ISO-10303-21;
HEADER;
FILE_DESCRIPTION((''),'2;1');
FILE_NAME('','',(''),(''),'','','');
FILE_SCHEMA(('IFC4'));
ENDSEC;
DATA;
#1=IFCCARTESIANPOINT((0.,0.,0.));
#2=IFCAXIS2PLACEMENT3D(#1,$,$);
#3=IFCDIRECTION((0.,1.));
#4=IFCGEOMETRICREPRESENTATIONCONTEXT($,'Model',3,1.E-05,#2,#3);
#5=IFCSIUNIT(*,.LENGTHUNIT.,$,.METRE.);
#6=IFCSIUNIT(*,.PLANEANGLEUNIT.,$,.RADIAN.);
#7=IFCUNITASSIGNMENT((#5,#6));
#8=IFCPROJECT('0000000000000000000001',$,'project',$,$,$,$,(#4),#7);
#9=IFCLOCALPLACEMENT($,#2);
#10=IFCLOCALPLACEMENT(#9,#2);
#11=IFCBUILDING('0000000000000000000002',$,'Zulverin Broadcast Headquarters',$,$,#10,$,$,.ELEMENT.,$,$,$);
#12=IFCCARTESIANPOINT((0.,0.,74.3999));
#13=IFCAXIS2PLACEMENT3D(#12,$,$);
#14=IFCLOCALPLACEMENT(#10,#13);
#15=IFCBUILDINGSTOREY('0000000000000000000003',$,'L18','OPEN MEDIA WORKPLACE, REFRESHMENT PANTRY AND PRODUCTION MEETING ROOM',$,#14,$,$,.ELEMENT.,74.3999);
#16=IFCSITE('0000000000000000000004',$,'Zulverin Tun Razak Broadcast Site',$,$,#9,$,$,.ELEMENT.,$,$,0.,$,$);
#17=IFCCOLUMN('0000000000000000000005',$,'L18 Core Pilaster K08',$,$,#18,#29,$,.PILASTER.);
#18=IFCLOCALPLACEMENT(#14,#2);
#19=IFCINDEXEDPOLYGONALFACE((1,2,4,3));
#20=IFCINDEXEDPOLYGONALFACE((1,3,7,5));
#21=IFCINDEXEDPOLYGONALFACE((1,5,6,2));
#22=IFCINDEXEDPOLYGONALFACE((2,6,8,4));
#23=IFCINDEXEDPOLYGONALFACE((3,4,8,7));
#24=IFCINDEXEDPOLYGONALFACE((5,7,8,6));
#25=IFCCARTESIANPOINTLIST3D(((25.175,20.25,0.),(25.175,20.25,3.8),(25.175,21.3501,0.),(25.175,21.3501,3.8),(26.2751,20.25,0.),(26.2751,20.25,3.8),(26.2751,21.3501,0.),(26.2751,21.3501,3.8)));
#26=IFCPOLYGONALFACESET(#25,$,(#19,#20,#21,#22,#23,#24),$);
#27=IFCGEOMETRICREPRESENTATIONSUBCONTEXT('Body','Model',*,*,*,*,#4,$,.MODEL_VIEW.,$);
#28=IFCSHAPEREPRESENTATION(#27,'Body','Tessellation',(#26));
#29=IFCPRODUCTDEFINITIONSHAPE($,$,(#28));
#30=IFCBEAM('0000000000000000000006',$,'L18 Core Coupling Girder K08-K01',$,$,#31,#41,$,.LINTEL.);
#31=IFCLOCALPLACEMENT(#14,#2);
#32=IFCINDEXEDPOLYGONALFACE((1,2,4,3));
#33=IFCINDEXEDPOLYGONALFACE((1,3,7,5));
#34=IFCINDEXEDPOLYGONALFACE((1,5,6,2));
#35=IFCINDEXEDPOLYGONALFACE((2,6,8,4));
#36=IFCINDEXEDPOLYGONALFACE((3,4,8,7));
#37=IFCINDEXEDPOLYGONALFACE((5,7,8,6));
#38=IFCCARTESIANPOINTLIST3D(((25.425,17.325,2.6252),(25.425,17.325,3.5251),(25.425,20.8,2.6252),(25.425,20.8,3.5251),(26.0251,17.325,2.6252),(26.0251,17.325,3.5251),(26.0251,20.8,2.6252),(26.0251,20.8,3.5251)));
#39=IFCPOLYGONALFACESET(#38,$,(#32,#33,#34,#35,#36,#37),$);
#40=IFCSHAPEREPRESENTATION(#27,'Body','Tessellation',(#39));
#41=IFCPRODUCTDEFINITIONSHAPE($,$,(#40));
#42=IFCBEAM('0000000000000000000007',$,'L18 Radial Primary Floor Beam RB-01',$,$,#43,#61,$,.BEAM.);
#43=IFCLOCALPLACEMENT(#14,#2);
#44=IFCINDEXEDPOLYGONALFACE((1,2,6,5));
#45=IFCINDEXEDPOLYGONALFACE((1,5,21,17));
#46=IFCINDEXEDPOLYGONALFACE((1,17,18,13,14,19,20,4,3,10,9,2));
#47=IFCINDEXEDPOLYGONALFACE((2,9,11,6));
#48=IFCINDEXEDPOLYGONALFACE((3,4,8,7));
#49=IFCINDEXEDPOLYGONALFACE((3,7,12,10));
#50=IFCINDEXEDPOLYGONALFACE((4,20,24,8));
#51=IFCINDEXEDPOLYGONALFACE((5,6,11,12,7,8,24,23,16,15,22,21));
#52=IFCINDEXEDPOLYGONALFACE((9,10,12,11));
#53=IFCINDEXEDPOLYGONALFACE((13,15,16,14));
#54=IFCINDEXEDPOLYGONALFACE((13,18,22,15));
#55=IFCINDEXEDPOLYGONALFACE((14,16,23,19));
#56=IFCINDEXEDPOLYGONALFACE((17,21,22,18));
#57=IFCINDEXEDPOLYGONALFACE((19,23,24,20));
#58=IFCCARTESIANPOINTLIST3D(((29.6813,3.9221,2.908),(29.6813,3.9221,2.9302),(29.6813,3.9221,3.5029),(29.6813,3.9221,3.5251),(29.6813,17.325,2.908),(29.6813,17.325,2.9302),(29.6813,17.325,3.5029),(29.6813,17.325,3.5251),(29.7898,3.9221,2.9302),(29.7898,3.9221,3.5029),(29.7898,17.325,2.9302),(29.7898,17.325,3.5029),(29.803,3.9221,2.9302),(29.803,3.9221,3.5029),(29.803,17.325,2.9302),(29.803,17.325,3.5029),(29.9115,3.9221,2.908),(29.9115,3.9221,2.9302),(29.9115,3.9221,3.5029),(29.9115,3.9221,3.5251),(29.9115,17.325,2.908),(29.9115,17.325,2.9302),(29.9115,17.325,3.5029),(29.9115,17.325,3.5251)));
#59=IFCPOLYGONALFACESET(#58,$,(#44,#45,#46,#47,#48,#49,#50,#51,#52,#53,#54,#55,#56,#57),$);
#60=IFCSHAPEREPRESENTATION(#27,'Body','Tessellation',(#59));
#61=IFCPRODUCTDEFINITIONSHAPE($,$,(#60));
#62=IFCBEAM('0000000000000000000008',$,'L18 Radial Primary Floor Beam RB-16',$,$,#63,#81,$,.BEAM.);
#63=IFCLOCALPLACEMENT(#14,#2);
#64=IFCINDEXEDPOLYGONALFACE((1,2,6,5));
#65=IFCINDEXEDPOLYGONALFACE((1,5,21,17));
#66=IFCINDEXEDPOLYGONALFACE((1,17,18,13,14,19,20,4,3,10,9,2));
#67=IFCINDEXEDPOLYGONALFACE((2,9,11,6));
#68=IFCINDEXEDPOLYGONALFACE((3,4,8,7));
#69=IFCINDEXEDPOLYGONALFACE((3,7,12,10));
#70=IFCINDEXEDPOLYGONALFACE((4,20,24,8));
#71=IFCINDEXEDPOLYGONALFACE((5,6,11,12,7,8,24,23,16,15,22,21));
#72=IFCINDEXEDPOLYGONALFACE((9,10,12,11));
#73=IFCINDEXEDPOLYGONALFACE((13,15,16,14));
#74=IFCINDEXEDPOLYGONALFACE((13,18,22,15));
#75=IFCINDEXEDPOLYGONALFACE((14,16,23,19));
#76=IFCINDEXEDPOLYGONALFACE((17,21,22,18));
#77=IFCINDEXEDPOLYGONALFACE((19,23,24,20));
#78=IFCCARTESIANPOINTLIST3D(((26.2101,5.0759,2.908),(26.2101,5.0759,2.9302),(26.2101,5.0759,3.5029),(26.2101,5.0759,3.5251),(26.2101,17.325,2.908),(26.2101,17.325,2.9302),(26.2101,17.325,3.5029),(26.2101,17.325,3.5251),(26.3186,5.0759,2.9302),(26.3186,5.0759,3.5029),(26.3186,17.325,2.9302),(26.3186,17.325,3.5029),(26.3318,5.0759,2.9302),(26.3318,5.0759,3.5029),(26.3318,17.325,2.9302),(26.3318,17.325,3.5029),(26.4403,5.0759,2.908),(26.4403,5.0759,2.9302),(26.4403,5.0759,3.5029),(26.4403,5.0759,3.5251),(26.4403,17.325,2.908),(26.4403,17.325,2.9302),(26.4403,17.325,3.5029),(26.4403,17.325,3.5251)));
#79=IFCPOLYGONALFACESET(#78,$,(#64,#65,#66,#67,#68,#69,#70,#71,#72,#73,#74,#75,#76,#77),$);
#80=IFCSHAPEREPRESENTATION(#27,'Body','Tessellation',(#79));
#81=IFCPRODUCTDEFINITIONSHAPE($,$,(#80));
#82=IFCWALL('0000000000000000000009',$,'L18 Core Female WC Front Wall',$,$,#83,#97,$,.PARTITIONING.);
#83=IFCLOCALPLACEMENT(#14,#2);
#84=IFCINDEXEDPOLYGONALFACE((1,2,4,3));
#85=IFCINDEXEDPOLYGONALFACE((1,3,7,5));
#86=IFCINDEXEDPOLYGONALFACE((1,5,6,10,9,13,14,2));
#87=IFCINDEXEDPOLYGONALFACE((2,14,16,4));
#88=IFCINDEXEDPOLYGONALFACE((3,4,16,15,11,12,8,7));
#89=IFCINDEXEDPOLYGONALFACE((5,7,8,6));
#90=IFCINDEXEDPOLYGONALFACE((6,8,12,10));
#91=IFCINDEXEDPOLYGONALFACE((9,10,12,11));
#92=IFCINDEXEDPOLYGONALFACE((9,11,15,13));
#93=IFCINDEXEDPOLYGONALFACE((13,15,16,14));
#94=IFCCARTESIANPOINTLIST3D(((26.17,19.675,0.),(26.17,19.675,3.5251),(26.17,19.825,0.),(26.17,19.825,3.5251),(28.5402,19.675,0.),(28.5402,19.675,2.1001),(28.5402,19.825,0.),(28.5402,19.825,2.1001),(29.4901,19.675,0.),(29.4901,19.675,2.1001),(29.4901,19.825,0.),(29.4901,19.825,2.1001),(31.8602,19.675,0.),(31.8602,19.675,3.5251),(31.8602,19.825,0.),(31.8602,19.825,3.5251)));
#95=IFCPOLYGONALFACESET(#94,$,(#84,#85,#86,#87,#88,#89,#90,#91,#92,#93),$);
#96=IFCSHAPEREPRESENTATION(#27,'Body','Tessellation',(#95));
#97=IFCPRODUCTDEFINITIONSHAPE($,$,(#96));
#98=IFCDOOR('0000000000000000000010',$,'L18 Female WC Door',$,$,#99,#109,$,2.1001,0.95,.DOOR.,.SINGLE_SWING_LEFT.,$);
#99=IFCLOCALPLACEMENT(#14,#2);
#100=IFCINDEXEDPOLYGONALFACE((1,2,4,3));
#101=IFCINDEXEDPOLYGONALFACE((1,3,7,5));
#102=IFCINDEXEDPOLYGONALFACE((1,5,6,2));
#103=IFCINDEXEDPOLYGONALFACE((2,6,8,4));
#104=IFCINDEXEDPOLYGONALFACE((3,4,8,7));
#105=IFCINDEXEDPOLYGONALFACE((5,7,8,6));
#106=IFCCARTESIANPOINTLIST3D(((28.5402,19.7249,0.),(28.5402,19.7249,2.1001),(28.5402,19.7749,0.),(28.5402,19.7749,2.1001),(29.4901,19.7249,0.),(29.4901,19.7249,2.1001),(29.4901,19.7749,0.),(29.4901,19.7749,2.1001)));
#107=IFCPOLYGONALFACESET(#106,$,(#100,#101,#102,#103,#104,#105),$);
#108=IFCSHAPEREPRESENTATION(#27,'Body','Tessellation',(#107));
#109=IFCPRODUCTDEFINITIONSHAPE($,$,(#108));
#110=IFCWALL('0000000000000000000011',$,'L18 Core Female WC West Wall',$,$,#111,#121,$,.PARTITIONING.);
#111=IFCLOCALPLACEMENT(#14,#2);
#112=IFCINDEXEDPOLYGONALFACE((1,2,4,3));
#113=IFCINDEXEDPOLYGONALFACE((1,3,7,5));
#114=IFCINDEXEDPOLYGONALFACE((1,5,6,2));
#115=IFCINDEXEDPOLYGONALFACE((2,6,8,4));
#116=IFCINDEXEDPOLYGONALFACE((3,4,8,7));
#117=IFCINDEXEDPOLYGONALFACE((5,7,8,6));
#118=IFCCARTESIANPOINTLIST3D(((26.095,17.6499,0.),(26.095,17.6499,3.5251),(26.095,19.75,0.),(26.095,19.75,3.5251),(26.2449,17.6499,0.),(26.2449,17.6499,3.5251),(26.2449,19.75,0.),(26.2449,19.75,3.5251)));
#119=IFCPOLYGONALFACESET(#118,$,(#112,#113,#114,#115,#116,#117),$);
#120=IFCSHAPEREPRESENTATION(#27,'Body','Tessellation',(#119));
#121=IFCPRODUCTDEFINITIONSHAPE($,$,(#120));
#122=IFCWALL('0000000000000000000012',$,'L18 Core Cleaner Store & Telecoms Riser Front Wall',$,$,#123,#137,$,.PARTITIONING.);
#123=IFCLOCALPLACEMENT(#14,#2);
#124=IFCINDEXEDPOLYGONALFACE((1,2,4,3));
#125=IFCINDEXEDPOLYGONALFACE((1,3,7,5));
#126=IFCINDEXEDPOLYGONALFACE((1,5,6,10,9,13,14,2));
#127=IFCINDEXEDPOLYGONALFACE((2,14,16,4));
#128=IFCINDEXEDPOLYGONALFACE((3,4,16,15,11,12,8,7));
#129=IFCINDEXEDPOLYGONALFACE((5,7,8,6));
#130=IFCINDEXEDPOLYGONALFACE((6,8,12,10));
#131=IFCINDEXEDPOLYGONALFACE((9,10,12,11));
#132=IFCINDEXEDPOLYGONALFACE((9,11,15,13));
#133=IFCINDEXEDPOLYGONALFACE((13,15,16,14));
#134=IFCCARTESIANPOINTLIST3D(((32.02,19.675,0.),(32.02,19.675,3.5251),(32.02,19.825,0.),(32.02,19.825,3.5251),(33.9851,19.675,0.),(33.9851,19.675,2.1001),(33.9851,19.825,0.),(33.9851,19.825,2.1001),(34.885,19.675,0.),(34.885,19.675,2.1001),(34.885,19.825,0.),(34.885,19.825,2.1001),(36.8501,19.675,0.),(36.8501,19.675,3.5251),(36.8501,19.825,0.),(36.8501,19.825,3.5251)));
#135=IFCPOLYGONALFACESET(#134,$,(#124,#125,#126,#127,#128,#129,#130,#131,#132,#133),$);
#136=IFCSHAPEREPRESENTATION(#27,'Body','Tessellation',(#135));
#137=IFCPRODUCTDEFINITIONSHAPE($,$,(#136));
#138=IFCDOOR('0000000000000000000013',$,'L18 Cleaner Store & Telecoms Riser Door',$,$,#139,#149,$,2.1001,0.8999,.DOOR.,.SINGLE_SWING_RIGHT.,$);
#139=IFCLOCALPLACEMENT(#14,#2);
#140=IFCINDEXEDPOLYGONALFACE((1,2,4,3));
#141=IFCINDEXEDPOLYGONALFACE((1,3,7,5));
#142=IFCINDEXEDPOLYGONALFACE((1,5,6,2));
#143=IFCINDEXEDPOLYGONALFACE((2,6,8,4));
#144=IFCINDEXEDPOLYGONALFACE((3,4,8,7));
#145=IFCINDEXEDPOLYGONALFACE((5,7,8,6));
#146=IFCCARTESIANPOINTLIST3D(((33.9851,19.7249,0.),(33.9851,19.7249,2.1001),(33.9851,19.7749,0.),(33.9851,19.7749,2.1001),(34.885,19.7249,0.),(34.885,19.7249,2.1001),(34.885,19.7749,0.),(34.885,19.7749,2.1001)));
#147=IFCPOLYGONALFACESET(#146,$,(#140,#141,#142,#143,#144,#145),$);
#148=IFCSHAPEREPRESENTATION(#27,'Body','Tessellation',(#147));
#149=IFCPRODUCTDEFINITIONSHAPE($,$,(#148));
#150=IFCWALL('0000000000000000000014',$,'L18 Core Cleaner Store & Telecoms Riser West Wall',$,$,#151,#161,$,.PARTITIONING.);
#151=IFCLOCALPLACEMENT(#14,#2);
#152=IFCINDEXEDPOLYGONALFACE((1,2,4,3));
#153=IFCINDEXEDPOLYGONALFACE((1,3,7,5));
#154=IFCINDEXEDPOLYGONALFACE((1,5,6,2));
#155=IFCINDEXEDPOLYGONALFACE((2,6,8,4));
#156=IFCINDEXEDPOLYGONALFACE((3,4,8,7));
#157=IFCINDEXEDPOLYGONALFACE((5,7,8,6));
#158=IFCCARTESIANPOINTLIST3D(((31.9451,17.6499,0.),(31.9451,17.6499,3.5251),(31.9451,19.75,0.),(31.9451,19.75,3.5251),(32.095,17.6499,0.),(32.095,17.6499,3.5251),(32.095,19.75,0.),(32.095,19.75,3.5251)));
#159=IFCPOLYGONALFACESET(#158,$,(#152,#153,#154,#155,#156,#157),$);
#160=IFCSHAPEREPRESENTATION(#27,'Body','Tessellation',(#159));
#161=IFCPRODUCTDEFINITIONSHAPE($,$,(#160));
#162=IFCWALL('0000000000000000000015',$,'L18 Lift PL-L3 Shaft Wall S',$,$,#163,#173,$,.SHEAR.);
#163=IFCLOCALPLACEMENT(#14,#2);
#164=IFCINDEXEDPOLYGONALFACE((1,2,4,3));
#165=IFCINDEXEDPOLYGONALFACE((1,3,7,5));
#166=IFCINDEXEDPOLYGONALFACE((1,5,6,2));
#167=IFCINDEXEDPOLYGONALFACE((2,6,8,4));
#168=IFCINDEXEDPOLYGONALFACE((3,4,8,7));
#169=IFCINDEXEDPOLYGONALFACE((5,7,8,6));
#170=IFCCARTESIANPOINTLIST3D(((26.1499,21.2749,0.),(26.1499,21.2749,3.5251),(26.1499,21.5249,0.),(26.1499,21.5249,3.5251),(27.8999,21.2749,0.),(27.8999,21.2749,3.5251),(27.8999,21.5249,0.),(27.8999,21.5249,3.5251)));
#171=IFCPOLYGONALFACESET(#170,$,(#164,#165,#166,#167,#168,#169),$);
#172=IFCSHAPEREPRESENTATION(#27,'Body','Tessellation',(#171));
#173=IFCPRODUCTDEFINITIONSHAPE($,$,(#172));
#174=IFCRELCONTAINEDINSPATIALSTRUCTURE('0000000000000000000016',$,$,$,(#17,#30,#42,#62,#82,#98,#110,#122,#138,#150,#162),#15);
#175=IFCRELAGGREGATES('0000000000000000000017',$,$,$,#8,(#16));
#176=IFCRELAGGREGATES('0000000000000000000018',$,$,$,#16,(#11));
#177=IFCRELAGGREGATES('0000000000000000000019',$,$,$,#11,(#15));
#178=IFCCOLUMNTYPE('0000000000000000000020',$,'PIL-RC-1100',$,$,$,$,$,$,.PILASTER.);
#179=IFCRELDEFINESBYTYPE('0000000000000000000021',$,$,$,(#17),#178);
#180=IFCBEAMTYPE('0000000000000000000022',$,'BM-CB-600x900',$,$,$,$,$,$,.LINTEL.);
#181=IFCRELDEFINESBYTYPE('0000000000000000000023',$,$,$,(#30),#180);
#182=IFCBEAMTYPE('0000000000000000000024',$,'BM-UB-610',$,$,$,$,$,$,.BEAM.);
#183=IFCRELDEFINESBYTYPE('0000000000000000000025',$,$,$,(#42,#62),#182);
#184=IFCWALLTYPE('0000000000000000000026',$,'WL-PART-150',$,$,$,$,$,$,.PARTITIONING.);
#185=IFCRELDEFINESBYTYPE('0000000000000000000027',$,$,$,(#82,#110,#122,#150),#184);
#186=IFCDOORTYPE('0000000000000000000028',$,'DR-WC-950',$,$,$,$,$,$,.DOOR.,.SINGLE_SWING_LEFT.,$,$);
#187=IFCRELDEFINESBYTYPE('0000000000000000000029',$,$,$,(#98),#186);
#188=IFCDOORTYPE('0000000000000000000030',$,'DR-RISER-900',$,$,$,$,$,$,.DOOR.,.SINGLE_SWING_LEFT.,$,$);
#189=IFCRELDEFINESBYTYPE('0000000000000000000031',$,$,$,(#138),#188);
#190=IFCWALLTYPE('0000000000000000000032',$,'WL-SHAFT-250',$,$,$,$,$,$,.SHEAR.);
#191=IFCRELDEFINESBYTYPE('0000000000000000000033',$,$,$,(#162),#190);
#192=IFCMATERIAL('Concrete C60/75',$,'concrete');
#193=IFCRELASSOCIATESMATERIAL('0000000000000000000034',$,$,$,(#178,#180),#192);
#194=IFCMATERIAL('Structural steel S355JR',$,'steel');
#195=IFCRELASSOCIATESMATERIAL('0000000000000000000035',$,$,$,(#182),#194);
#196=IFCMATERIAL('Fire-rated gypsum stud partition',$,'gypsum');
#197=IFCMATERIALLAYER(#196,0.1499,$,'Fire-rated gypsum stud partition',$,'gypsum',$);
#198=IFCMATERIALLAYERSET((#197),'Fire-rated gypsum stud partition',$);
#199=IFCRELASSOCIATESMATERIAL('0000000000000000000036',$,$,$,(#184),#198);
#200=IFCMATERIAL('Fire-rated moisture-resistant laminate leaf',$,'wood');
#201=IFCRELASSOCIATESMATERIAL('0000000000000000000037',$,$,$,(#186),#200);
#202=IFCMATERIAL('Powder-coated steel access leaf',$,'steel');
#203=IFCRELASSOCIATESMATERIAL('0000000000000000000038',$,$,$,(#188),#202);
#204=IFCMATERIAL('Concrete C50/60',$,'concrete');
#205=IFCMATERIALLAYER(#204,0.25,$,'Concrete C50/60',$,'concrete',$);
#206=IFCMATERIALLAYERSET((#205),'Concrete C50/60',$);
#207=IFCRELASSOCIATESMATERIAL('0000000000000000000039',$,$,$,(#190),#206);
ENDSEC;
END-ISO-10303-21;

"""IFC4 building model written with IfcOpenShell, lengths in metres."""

from ifc_helpers import new_model, si_unit, direction, frame, frame_2d, origin, origin_2d, place, context, subcontext, project, spatial, rectangle, i_section, extrude, material, layer, layer_set, material_profile, profile_set, type_object, element, fill, save


model = new_model("IFC4")

# Units and contexts
model_context = context("Model", 3, precision=1e-05, world=origin(), true_north=direction((0.0, 1.0)))
body_context = subcontext(model_context, "Body", "Model", "MODEL_VIEW")
ifc_project = project(units=[si_unit("LENGTHUNIT", "METRE"), si_unit("PLANEANGLEUNIT", "RADIAN")], contexts=[model_context])

# Site, building, storey
site_placement = place(None, origin())
site = spatial("IfcSite", under=ifc_project, at=site_placement, Name="Zulverin Tun Razak Broadcast Site", CompositionType="ELEMENT", RefElevation=0.0)
building_placement = place(site_placement, origin())
building = spatial("IfcBuilding", under=site, at=building_placement, Name="Zulverin Broadcast Headquarters", CompositionType="ELEMENT")
storey_placement = place(building_placement, frame((0.0, 0.0, 74.3999)))
storey = spatial("IfcBuildingStorey", under=building, at=storey_placement, Name="L18", Description="OPEN MEDIA WORKPLACE, REFRESHMENT PANTRY AND PRODUCTION MEETING ROOM", CompositionType="ELEMENT", Elevation=74.3999)

# Column
ifc_material_1 = material(Name="Concrete C60/75", Category="concrete")
ifc_material_profile_1 = material_profile(ifc_material_1, rectangle(XDim=1.1001, YDim=1.1001, at=origin_2d()), Name="Concrete C60/75", Category="concrete")
ifc_profile_set_1 = profile_set([ifc_material_profile_1], Name="Concrete C60/75")
column_type = type_object("IfcColumnType", Name="PIL-RC-1100", PredefinedType="PILASTER", material=ifc_profile_set_1)
column_placement = place(storey_placement, frame((25.7251, 20.8, 0.0), z_axis=(0.0, 0.0, 1.0), x_axis=(1.0, 0.0, 0.0)))
element("IfcColumn", 1, at=column_placement, inside=storey, type_object=column_type, Name="L18 Core Pilaster K08", PredefinedType="PILASTER", context=body_context, shape_type="SweptSolid", body=[
    extrude(rectangle(XDim=1.1001, YDim=1.1001, at=origin_2d()), origin(), (0.0, 0.0, 1.0), 3.8),
])

# Beams
ifc_material_profile_2 = material_profile(ifc_material_1, rectangle(XDim=0.6001, YDim=0.8999, at=origin_2d()), Name="Concrete C60/75", Category="concrete")
ifc_profile_set_2 = profile_set([ifc_material_profile_2], Name="Concrete C60/75")
beam_type_1 = type_object("IfcBeamType", Name="BM-CB-600x900", PredefinedType="LINTEL", material=ifc_profile_set_2)
beam_1_placement = place(storey_placement, frame((25.7251, 20.8, 3.0752), z_axis=(0.0, -1.0, 0.0), x_axis=(1.0, 0.0, 0.0)))
element("IfcBeam", 2, at=beam_1_placement, inside=storey, type_object=beam_type_1, Name="L18 Core Coupling Girder K08-K01", PredefinedType="LINTEL", context=body_context, shape_type="SweptSolid", body=[
    extrude(rectangle(XDim=0.6001, YDim=0.8999, at=origin_2d()), origin(), (0.0, 0.0, 1.0), 3.4751),
])
ifc_material_2 = material(Name="Structural steel S355JR", Category="steel")
ifc_material_profile_3 = material_profile(ifc_material_2, i_section(OverallWidth=0.2302, OverallDepth=0.6172, WebThickness=0.0132, FlangeThickness=0.0222, at=origin_2d()), Name="Structural steel S355JR", Category="steel")
ifc_profile_set_3 = profile_set([ifc_material_profile_3], Name="Structural steel S355JR")
beam_type_2 = type_object("IfcBeamType", Name="BM-UB-610", PredefinedType="BEAM", material=ifc_profile_set_3)
beam_2_placement = place(storey_placement, frame((29.7964, 17.325, 3.2166), z_axis=(0.0, -1.0, 0.0), x_axis=(1.0, 0.0, 0.0)))
element("IfcBeam", 3, at=beam_2_placement, inside=storey, type_object=beam_type_2, Name="L18 Radial Primary Floor Beam RB-01", PredefinedType="BEAM", context=body_context, shape_type="SweptSolid", body=[
    extrude(i_section(OverallWidth=0.2302, OverallDepth=0.6172, WebThickness=0.0132, FlangeThickness=0.0222, at=origin_2d()), origin(), (0.0, 0.0, 1.0), 13.4028),
])
beam_3_placement = place(storey_placement, frame((26.3252, 17.325, 3.2166), z_axis=(0.0, -1.0, 0.0), x_axis=(1.0, 0.0, 0.0)))
element("IfcBeam", 4, at=beam_3_placement, inside=storey, type_object=beam_type_2, Name="L18 Radial Primary Floor Beam RB-16", PredefinedType="BEAM", context=body_context, shape_type="SweptSolid", body=[
    extrude(i_section(OverallWidth=0.2302, OverallDepth=0.6172, WebThickness=0.0132, FlangeThickness=0.0222, at=origin_2d()), origin(), (0.0, 0.0, 1.0), 12.249),
])

# Wall, opening, door
ifc_material_3 = material(Name="Fire-rated gypsum stud partition", Category="gypsum")
ifc_layer_1 = layer(ifc_material_3, 0.1499, Name="Fire-rated gypsum stud partition", Category="gypsum")
ifc_layer_set_1 = layer_set([ifc_layer_1], Name="Fire-rated gypsum stud partition")
wall_type_1 = type_object("IfcWallType", Name="WL-PART-150", PredefinedType="PARTITIONING", material=ifc_layer_set_1)
wall_1_placement = place(storey_placement, frame((26.1699, 19.75, 0.0), z_axis=(0.0, 0.0, 1.0), x_axis=(1.0, 0.0, 0.0)))
wall_1 = element("IfcWall", 5, at=wall_1_placement, inside=storey, type_object=wall_type_1, Name="L18 Core Female WC Front Wall", PredefinedType="PARTITIONING", context=body_context, shape_type="SweptSolid", body=[
    extrude(rectangle(XDim=5.6902, YDim=0.1499, at=frame_2d((2.8452, 0.0))), origin(), (0.0, 0.0, 1.0), 3.5251),
])
opening_1_placement = place(wall_1_placement, frame((2.3701, 0.0, 0.0)))
opening_1 = element("IfcOpeningElement", 6, at=opening_1_placement, cuts=wall_1, PredefinedType="OPENING", context=body_context, shape_type="SweptSolid", body=[
    extrude(rectangle(XDim=0.95, YDim=2.1001, at=frame_2d((0.4751, 1.05))), frame((0.0, 0.085, 0.0), z_axis=(0.0, -1.0, 0.0), x_axis=(1.0, 0.0, 0.0)), (0.0, 0.0, 1.0), 0.1699),
])
ifc_material_4 = material(Name="Fire-rated moisture-resistant laminate leaf", Category="wood")
door_type_1 = type_object("IfcDoorType", Name="DR-WC-950", OperationType="SINGLE_SWING_LEFT", PredefinedType="DOOR", material=ifc_material_4)
door_1_placement = place(opening_1_placement, origin())
door_1 = element("IfcDoor", 7, at=door_1_placement, inside=storey, type_object=door_type_1, Name="L18 Female WC Door", OperationType="SINGLE_SWING_LEFT", OverallHeight=2.1001, OverallWidth=0.95, PredefinedType="DOOR", context=body_context, shape_type="SweptSolid", body=[
    extrude(rectangle(XDim=0.95, YDim=2.1001, at=frame_2d((0.4751, 1.05))), frame((0.0, 0.0249, 0.0), z_axis=(0.0, -1.0, 0.0), x_axis=(1.0, 0.0, 0.0)), (0.0, 0.0, 1.0), 0.05),
])
fill(opening_1, door_1)

# Wall
wall_2_placement = place(storey_placement, frame((26.1699, 17.6499, 0.0), z_axis=(0.0, 0.0, 1.0), x_axis=(0.0, 1.0, 0.0)))
element("IfcWall", 8, at=wall_2_placement, inside=storey, type_object=wall_type_1, Name="L18 Core Female WC West Wall", PredefinedType="PARTITIONING", context=body_context, shape_type="SweptSolid", body=[
    extrude(rectangle(XDim=2.1001, YDim=0.1499, at=frame_2d((1.05, 0.0))), origin(), (0.0, 0.0, 1.0), 3.5251),
])

# Wall, opening, door
wall_3_placement = place(storey_placement, frame((32.02, 19.75, 0.0), z_axis=(0.0, 0.0, 1.0), x_axis=(1.0, 0.0, 0.0)))
wall_3 = element("IfcWall", 9, at=wall_3_placement, inside=storey, type_object=wall_type_1, Name="L18 Core Cleaner Store & Telecoms Riser Front Wall", PredefinedType="PARTITIONING", context=body_context, shape_type="SweptSolid", body=[
    extrude(rectangle(XDim=4.8301, YDim=0.1499, at=frame_2d((2.415, 0.0))), origin(), (0.0, 0.0, 1.0), 3.5251),
])
opening_2_placement = place(wall_3_placement, frame((1.9651, 0.0, 0.0)))
opening_2 = element("IfcOpeningElement", 10, at=opening_2_placement, cuts=wall_3, PredefinedType="OPENING", context=body_context, shape_type="SweptSolid", body=[
    extrude(rectangle(XDim=0.8999, YDim=2.1001, at=frame_2d((0.45, 1.05))), frame((0.0, 0.085, 0.0), z_axis=(0.0, -1.0, 0.0), x_axis=(1.0, 0.0, 0.0)), (0.0, 0.0, 1.0), 0.1699),
])
ifc_material_5 = material(Name="Powder-coated steel access leaf", Category="steel")
door_type_2 = type_object("IfcDoorType", Name="DR-RISER-900", OperationType="SINGLE_SWING_LEFT", PredefinedType="DOOR", material=ifc_material_5)
door_2_placement = place(opening_2_placement, origin())
door_2 = element("IfcDoor", 11, at=door_2_placement, inside=storey, type_object=door_type_2, Name="L18 Cleaner Store & Telecoms Riser Door", OperationType="SINGLE_SWING_RIGHT", OverallHeight=2.1001, OverallWidth=0.8999, PredefinedType="DOOR", context=body_context, shape_type="SweptSolid", body=[
    extrude(rectangle(XDim=0.8999, YDim=2.1001, at=frame_2d((0.45, 1.05))), frame((0.0, 0.0249, 0.0), z_axis=(0.0, -1.0, 0.0), x_axis=(1.0, 0.0, 0.0)), (0.0, 0.0, 1.0), 0.05),
])
fill(opening_2, door_2)

# Walls
wall_4_placement = place(storey_placement, frame((32.02, 17.6499, 0.0), z_axis=(0.0, 0.0, 1.0), x_axis=(0.0, 1.0, 0.0)))
element("IfcWall", 12, at=wall_4_placement, inside=storey, type_object=wall_type_1, Name="L18 Core Cleaner Store & Telecoms Riser West Wall", PredefinedType="PARTITIONING", context=body_context, shape_type="SweptSolid", body=[
    extrude(rectangle(XDim=2.1001, YDim=0.1499, at=frame_2d((1.05, 0.0))), origin(), (0.0, 0.0, 1.0), 3.5251),
])
ifc_material_6 = material(Name="Concrete C50/60", Category="concrete")
ifc_layer_2 = layer(ifc_material_6, 0.25, Name="Concrete C50/60", Category="concrete")
ifc_layer_set_2 = layer_set([ifc_layer_2], Name="Concrete C50/60")
wall_type_2 = type_object("IfcWallType", Name="WL-SHAFT-250", PredefinedType="SHEAR", material=ifc_layer_set_2)
wall_5_placement = place(storey_placement, frame((26.1499, 21.3999, 0.0), z_axis=(0.0, 0.0, 1.0), x_axis=(1.0, 0.0, 0.0)))
element("IfcWall", 13, at=wall_5_placement, inside=storey, type_object=wall_type_2, Name="L18 Lift PL-L3 Shaft Wall S", PredefinedType="SHEAR", context=body_context, shape_type="SweptSolid", body=[
    extrude(rectangle(XDim=1.75, YDim=0.25, at=frame_2d((0.875, 0.0))), origin(), (0.0, 0.0, 1.0), 3.5251),
])

save(model, "model.ifc")
